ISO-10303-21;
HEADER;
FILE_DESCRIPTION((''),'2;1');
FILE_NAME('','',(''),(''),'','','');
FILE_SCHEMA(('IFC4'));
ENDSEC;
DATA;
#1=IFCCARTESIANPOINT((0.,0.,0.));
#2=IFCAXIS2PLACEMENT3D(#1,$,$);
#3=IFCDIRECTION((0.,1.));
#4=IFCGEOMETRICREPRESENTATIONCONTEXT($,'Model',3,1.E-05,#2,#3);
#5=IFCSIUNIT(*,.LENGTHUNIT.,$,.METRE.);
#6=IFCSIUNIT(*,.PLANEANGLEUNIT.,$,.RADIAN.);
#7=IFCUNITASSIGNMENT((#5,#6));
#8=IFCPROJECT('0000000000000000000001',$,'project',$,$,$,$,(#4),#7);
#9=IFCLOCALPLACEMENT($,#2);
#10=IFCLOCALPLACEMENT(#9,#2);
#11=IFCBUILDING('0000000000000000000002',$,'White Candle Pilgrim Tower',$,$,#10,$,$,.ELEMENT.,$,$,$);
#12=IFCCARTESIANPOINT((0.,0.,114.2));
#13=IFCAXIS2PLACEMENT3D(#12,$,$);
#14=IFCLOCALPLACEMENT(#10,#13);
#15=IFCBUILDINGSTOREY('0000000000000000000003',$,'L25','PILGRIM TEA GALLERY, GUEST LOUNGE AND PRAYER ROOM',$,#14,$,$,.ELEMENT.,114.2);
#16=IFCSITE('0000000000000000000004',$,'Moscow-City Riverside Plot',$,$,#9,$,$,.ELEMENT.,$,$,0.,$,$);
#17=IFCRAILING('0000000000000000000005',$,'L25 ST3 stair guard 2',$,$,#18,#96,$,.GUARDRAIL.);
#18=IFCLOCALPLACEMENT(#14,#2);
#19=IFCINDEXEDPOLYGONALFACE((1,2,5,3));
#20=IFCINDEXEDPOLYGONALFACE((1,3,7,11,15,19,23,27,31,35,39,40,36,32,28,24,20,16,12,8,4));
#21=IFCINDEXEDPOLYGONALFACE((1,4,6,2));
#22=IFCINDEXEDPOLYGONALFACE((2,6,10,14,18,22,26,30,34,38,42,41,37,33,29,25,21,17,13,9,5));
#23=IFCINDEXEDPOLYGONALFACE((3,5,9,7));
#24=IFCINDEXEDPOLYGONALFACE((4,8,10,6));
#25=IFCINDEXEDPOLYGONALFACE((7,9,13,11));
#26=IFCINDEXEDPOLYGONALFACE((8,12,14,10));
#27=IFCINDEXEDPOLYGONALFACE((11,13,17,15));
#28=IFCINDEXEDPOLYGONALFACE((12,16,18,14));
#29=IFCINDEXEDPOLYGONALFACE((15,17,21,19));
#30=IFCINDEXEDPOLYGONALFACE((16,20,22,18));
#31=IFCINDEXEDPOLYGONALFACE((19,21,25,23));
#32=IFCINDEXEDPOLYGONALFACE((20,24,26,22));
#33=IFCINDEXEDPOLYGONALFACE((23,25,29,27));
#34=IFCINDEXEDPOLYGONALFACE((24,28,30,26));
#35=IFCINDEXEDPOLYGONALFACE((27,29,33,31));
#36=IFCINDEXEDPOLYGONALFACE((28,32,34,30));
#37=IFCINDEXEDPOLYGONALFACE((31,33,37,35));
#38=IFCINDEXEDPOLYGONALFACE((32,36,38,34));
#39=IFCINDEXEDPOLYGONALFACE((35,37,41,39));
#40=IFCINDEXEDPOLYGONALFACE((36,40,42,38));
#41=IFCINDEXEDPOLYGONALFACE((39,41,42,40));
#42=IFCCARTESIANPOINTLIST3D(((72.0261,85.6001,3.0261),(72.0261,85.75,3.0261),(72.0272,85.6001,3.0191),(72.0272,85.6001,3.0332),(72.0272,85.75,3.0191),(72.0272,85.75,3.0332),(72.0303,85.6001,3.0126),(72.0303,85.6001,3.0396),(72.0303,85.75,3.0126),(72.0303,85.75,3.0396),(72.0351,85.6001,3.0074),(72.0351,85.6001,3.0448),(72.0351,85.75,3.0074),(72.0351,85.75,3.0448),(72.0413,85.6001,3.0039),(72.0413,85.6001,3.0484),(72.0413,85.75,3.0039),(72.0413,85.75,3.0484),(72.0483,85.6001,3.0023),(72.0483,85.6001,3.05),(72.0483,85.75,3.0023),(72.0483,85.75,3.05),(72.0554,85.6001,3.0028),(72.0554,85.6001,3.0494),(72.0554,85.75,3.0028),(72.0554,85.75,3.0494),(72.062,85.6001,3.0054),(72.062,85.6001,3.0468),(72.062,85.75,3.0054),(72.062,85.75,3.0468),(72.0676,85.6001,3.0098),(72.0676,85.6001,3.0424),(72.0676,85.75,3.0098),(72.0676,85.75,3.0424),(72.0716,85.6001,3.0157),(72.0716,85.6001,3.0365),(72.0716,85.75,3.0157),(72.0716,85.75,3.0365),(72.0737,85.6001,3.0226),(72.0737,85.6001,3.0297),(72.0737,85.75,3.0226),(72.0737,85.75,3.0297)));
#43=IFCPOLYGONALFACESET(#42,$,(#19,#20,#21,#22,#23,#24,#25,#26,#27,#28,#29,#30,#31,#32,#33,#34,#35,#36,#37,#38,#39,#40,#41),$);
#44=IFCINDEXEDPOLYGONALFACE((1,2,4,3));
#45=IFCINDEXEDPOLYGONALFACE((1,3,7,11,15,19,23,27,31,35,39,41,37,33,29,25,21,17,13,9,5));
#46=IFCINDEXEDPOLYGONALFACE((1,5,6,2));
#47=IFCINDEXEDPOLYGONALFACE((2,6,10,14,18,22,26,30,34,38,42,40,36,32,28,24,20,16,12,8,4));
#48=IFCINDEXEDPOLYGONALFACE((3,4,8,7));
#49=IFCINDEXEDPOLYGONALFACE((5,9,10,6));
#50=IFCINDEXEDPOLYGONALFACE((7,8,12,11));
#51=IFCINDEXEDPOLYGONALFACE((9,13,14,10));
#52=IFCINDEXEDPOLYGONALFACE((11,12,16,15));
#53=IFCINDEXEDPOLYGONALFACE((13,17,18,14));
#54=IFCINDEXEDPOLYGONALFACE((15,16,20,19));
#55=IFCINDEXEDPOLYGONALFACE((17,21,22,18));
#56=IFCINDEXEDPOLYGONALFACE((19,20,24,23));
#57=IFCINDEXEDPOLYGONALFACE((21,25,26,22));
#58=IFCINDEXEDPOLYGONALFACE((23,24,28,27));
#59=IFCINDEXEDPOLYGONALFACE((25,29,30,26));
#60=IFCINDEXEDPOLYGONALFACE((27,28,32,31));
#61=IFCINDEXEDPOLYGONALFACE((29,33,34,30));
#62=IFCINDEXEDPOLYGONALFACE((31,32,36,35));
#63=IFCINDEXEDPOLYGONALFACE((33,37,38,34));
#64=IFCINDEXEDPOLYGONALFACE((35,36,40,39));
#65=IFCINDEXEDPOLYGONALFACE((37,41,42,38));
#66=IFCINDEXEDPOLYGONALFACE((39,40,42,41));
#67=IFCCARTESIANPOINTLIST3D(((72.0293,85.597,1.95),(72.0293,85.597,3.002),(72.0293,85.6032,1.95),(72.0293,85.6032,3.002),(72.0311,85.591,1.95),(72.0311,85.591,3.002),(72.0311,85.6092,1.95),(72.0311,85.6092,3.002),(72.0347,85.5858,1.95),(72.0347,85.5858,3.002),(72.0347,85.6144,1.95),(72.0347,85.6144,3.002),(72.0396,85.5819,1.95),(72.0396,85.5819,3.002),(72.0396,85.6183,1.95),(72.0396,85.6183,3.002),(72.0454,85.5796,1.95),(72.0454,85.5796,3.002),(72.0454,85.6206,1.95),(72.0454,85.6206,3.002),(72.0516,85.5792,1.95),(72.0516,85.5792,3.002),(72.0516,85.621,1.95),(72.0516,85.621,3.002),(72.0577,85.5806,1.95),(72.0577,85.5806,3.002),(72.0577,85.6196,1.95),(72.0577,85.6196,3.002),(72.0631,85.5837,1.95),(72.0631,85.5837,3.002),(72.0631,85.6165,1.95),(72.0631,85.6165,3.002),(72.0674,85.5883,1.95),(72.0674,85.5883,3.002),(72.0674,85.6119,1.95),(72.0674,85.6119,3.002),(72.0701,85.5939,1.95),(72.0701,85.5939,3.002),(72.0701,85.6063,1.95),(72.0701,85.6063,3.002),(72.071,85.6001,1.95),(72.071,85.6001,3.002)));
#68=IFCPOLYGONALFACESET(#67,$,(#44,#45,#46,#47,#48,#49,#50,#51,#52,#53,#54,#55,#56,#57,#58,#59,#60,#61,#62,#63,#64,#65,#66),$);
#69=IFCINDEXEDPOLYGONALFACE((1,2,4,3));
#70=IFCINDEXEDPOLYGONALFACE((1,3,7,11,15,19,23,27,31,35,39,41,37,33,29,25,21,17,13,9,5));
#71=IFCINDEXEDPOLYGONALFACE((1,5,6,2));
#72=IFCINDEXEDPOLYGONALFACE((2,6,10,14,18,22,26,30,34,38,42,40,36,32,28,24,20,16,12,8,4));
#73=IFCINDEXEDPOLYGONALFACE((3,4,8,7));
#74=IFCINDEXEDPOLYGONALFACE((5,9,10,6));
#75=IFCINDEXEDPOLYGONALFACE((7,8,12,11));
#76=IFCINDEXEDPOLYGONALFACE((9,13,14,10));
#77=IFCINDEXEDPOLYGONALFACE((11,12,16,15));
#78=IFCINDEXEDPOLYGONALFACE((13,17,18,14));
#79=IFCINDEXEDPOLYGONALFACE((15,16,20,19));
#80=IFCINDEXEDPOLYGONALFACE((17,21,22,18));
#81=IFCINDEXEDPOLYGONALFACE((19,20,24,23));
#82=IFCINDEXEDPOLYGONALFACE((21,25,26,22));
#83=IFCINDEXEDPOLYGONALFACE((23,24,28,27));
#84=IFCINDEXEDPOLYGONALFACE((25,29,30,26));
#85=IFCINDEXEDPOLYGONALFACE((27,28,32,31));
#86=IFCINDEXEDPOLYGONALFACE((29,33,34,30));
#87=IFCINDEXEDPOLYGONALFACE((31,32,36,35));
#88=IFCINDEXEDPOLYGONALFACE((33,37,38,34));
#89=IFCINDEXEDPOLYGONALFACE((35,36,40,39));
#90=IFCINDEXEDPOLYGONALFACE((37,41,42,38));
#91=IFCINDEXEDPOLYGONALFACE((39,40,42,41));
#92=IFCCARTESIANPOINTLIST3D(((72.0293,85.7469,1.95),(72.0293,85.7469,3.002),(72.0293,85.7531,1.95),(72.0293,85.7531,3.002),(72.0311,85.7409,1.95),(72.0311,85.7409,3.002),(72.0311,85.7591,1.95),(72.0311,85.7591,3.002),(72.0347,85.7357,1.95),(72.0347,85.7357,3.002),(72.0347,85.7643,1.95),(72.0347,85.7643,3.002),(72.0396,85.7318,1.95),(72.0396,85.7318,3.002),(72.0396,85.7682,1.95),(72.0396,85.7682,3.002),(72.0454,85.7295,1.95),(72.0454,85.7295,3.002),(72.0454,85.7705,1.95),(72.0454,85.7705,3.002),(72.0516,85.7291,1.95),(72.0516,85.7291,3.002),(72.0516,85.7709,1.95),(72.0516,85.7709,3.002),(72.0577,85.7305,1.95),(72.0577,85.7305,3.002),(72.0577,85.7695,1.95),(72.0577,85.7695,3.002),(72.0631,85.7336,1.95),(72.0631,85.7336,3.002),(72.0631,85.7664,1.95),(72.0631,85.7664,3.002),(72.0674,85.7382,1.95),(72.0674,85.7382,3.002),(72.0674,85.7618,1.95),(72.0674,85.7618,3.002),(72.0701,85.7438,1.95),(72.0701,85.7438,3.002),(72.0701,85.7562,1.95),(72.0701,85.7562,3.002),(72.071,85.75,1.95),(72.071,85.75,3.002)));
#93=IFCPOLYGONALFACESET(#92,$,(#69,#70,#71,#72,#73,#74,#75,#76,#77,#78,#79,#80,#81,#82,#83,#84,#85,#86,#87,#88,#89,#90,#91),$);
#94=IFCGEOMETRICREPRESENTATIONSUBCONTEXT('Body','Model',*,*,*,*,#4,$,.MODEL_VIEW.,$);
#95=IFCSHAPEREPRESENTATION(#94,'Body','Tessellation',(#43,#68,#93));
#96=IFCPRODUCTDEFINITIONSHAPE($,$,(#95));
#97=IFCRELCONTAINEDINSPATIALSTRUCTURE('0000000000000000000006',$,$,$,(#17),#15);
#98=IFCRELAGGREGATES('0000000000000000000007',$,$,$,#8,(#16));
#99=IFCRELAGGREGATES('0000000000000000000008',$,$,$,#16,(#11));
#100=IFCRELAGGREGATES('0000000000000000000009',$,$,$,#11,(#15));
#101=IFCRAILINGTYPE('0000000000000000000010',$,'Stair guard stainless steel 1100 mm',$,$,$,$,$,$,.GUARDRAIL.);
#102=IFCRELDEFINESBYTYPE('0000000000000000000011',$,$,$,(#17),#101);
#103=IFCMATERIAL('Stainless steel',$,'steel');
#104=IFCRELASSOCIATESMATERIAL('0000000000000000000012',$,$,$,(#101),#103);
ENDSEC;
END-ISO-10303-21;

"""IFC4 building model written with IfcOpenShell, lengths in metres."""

from ifc_helpers import new_model, si_unit, direction, frame, origin, origin_2d, place, context, subcontext, project, spatial, circle, extrude, material, type_object, element, save


model = new_model("IFC4")

# Units and contexts
model_context = context("Model", 3, precision=1e-05, world=origin(), true_north=direction((0.0, 1.0)))
body_context = subcontext(model_context, "Body", "Model", "MODEL_VIEW")
ifc_project = project(units=[si_unit("LENGTHUNIT", "METRE"), si_unit("PLANEANGLEUNIT", "RADIAN")], contexts=[model_context])

# Site, building, storey
site_placement = place(None, origin())
site = spatial("IfcSite", under=ifc_project, at=site_placement, Name="Moscow-City Riverside Plot", CompositionType="ELEMENT", RefElevation=0.0)
building_placement = place(site_placement, origin())
building = spatial("IfcBuilding", under=site, at=building_placement, Name="White Candle Pilgrim Tower", CompositionType="ELEMENT")
storey_placement = place(building_placement, frame((0.0, 0.0, 114.2)))
storey = spatial("IfcBuildingStorey", under=building, at=storey_placement, Name="L25", Description="PILGRIM TEA GALLERY, GUEST LOUNGE AND PRAYER ROOM", CompositionType="ELEMENT", Elevation=114.2)

# Railing
ifc_material_1 = material(Name="Stainless steel", Category="steel")
railing_type_1 = type_object("IfcRailingType", Name="Stair guard stainless steel 1100 mm", PredefinedType="GUARDRAIL", material=ifc_material_1)
railing_1_placement = place(storey_placement, frame((72.05, 85.6001, 1.95)))
element("IfcRailing", 1, at=railing_1_placement, inside=storey, type_object=railing_type_1, Name="L25 ST3 stair guard 2", PredefinedType="GUARDRAIL", context=body_context, shape_type="SweptSolid", body=[
    extrude(circle(Radius=0.0239, at=origin_2d()), frame((0.0, 0.0, 1.0762), z_axis=(0.0, 1.0, 0.0), x_axis=(-1.0, 0.0, 0.0)), (0.0, 0.0, 1.0), 0.1499),
    extrude(circle(Radius=0.021, at=origin_2d()), origin(), (0.0, 0.0, 1.0), 1.052),
    extrude(circle(Radius=0.021, at=origin_2d()), frame((0.0, 0.1499, 0.0)), (0.0, 0.0, 1.0), 1.052),
])

save(model, "model.ifc")
